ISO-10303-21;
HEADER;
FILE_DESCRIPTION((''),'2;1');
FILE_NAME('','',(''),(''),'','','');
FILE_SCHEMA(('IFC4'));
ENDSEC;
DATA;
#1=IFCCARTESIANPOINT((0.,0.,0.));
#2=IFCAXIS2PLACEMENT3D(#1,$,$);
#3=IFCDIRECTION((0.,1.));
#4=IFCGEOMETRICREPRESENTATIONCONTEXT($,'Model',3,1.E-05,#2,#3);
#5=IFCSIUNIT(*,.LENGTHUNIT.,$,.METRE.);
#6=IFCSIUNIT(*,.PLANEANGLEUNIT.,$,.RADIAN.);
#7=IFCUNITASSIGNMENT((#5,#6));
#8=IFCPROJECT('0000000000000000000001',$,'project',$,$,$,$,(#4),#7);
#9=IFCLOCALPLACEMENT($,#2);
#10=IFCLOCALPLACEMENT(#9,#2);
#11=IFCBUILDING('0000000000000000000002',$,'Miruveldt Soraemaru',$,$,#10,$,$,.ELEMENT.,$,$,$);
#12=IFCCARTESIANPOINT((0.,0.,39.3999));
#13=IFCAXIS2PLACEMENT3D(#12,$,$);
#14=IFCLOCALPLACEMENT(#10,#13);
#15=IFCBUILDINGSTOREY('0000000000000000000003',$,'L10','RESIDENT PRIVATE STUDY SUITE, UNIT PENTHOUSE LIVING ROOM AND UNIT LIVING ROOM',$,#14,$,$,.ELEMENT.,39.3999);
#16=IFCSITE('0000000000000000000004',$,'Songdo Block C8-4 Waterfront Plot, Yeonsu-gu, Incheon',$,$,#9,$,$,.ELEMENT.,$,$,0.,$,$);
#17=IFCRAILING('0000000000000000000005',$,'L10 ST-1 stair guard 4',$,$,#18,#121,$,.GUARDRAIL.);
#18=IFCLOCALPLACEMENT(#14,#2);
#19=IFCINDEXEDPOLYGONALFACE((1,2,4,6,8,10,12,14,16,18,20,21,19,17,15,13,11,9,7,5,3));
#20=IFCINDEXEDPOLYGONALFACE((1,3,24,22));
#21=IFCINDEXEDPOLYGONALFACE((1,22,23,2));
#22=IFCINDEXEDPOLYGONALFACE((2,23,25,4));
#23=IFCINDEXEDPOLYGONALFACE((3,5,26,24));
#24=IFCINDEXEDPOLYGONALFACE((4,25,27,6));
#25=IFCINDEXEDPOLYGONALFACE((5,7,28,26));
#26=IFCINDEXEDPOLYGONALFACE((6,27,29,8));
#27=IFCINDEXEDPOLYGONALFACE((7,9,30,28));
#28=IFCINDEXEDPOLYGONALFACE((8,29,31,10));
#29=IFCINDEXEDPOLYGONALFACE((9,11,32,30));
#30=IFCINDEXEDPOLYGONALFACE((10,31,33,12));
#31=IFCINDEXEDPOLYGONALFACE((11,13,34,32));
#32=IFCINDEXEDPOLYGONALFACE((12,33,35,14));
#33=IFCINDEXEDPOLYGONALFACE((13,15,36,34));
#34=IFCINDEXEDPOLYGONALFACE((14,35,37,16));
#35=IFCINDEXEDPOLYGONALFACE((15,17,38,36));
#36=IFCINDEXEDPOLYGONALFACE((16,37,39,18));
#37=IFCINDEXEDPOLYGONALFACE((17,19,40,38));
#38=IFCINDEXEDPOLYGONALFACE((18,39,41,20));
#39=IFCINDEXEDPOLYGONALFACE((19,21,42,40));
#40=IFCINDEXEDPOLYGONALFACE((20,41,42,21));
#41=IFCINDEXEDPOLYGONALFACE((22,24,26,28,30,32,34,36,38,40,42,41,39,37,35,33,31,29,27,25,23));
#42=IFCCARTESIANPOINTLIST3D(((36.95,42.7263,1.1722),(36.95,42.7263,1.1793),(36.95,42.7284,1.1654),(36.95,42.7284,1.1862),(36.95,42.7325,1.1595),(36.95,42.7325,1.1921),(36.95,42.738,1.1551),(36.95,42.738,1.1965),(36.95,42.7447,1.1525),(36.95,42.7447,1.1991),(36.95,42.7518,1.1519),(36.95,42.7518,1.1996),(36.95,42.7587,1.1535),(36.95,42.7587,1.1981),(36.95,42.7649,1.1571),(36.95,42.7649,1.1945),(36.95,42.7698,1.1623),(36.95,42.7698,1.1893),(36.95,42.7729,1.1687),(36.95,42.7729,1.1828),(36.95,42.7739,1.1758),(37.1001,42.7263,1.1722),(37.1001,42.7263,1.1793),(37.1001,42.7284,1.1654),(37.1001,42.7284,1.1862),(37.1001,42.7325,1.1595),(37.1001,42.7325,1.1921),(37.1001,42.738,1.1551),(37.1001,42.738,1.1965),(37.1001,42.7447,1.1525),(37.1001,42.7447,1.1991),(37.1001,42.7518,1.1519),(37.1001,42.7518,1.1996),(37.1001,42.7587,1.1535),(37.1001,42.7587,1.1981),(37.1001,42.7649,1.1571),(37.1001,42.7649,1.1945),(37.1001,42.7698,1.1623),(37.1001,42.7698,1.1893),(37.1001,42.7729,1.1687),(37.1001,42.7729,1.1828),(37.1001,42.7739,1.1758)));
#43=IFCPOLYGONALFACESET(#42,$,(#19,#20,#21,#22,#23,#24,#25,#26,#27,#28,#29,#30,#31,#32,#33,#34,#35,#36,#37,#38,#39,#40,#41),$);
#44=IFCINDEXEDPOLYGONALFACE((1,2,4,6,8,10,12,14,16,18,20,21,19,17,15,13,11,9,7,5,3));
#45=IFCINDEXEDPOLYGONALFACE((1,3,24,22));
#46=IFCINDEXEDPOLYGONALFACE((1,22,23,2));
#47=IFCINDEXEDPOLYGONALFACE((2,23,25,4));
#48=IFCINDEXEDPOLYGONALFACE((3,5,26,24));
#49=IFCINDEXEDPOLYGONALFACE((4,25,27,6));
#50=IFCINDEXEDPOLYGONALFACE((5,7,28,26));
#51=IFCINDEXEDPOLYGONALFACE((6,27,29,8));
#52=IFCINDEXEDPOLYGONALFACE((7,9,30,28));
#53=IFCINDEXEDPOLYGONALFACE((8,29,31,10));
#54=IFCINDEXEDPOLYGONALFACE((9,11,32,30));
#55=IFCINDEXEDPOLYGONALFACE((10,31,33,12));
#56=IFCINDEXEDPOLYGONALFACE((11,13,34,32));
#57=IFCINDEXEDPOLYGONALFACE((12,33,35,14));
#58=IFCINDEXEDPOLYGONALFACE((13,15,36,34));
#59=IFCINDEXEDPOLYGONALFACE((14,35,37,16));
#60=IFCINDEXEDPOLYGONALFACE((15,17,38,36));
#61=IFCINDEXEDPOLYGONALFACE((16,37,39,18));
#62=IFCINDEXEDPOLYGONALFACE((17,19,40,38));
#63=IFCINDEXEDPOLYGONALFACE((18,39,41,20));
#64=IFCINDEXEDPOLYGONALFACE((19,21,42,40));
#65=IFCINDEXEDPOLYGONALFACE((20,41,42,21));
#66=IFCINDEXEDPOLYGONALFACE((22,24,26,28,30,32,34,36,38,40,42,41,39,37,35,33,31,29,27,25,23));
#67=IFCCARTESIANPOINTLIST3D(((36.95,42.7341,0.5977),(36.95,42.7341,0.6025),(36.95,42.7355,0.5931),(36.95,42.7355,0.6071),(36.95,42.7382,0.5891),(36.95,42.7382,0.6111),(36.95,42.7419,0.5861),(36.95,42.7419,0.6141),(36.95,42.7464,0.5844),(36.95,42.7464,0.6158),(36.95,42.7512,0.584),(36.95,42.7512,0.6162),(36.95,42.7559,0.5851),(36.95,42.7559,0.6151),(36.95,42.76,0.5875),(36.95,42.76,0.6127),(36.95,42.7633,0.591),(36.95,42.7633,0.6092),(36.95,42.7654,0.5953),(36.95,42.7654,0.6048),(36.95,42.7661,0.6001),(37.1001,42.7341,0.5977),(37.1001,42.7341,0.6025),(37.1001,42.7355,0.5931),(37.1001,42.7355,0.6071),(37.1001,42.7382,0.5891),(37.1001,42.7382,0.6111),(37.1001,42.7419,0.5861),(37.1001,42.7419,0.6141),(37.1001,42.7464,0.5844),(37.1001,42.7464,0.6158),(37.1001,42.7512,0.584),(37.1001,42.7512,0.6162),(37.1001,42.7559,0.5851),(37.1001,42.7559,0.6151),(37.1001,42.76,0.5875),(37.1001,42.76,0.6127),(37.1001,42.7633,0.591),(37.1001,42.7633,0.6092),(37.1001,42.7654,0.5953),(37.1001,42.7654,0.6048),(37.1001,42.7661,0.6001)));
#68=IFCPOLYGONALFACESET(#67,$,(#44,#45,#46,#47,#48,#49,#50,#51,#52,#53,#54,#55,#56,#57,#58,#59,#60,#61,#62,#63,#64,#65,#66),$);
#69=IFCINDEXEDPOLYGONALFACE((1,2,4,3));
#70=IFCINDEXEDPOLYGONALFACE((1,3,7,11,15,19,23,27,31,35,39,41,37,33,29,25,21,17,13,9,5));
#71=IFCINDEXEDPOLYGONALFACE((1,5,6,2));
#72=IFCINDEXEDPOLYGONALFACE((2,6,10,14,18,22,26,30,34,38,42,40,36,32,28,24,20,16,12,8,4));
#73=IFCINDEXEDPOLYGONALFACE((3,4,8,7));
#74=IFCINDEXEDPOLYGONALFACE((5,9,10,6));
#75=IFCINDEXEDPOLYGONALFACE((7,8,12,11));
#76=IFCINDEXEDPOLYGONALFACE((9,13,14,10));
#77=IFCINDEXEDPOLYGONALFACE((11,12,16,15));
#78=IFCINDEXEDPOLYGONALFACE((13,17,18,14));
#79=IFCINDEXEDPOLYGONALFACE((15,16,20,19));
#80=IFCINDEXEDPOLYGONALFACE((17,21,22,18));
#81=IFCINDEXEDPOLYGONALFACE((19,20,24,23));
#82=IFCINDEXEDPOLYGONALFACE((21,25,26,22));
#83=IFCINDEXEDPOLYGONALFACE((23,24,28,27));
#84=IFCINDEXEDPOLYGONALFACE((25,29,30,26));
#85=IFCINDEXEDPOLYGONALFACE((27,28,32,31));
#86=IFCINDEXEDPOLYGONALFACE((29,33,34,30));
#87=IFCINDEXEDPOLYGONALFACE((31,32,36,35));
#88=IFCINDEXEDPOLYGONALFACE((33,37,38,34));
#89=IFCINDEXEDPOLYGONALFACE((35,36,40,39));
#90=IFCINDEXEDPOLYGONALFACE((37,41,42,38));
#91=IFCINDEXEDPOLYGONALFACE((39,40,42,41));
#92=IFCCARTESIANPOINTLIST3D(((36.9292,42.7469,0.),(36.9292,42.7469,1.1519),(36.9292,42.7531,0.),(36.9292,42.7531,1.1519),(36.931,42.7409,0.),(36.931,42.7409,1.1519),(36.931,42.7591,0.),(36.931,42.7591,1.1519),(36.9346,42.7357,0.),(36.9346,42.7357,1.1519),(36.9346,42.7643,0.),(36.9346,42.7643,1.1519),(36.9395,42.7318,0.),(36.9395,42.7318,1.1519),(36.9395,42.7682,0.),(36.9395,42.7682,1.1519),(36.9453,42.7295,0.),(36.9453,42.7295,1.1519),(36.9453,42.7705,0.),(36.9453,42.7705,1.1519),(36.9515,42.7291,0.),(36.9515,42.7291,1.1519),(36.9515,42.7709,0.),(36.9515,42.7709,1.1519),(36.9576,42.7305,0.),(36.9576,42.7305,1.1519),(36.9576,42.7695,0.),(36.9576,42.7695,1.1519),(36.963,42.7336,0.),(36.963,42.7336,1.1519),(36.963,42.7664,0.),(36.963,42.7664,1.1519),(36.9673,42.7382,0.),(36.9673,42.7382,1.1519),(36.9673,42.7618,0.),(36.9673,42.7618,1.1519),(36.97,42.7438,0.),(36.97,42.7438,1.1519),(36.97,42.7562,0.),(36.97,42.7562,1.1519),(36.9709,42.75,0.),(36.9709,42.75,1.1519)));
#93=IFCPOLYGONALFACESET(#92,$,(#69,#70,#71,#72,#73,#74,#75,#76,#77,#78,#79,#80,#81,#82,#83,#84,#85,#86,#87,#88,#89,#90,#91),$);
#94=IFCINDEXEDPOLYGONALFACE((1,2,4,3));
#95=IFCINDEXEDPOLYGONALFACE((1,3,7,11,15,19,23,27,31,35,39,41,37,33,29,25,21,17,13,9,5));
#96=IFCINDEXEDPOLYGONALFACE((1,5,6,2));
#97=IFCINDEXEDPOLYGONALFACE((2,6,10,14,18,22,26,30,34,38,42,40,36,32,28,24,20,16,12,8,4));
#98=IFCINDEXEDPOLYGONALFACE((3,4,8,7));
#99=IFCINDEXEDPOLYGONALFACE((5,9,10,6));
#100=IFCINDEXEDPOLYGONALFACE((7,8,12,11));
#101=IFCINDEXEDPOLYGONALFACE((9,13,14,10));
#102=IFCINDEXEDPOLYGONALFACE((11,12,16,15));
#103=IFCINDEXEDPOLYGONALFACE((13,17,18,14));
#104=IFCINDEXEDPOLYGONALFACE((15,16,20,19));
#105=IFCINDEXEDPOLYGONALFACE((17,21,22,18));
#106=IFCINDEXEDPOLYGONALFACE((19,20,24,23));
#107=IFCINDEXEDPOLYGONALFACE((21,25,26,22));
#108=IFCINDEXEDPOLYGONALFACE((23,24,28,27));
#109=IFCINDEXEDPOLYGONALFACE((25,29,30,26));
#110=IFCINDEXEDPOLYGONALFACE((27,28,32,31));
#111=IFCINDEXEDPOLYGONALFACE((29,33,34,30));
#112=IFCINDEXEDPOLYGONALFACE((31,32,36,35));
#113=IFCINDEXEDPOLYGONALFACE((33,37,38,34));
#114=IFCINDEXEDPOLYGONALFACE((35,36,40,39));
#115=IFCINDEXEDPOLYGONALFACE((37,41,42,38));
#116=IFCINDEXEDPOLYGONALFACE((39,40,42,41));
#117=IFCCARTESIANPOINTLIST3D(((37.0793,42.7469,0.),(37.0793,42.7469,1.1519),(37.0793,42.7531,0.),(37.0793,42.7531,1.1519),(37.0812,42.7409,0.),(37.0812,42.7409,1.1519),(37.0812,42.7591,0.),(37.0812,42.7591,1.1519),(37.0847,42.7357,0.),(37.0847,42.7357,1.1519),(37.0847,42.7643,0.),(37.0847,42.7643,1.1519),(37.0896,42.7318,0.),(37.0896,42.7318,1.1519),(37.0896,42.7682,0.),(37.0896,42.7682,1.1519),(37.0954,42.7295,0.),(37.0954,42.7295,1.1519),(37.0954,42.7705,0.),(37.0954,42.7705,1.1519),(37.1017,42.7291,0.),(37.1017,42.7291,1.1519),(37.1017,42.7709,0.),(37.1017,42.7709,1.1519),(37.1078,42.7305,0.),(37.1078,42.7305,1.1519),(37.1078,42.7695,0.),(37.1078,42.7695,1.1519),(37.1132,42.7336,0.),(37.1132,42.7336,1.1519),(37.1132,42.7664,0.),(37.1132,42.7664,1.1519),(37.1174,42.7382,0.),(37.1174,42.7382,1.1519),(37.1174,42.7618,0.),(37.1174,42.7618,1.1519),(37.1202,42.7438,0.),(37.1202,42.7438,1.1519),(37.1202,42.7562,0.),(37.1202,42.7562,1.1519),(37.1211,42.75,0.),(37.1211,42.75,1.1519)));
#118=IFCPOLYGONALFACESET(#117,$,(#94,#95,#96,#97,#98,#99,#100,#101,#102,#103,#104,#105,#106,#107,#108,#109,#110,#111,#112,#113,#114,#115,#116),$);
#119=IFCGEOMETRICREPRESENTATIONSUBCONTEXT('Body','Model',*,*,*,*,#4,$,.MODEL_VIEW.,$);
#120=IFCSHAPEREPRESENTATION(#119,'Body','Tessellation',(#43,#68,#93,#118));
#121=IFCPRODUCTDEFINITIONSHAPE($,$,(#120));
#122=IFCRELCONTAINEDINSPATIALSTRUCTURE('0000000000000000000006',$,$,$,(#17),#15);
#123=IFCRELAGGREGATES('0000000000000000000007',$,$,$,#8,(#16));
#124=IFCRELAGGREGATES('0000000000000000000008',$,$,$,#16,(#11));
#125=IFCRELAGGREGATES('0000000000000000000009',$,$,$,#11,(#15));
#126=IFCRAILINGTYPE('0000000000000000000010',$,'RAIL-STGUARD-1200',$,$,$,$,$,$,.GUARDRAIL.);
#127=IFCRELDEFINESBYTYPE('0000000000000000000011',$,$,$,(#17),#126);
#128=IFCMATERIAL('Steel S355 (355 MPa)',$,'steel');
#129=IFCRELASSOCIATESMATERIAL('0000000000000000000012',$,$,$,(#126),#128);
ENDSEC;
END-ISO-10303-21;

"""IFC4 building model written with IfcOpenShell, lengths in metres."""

from ifc_helpers import new_model, si_unit, direction, frame, origin, origin_2d, place, context, subcontext, project, spatial, circle, extrude, material, type_object, element, save


model = new_model("IFC4")

# Units and contexts
model_context = context("Model", 3, precision=1e-05, world=origin(), true_north=direction((0.0, 1.0)))
body_context = subcontext(model_context, "Body", "Model", "MODEL_VIEW")
ifc_project = project(units=[si_unit("LENGTHUNIT", "METRE"), si_unit("PLANEANGLEUNIT", "RADIAN")], contexts=[model_context])

# Site, building, storey
site_placement = place(None, origin())
site = spatial("IfcSite", under=ifc_project, at=site_placement, Name="Songdo Block C8-4 Waterfront Plot, Yeonsu-gu, Incheon", CompositionType="ELEMENT", RefElevation=0.0)
building_placement = place(site_placement, origin())
building = spatial("IfcBuilding", under=site, at=building_placement, Name="Miruveldt Soraemaru", CompositionType="ELEMENT")
storey_placement = place(building_placement, frame((0.0, 0.0, 39.3999)))
storey = spatial("IfcBuildingStorey", under=building, at=storey_placement, Name="L10", Description="RESIDENT PRIVATE STUDY SUITE, UNIT PENTHOUSE LIVING ROOM AND UNIT LIVING ROOM", CompositionType="ELEMENT", Elevation=39.3999)

# Railing
ifc_material_1 = material(Name="Steel S355 (355 MPa)", Category="steel")
railing_type_1 = type_object("IfcRailingType", Name="RAIL-STGUARD-1200", PredefinedType="GUARDRAIL", material=ifc_material_1)
railing_1_placement = place(storey_placement, frame((36.95, 42.75, 0.0)))
element("IfcRailing", 1, at=railing_1_placement, inside=storey, type_object=railing_type_1, Name="L10 ST-1 stair guard 4", PredefinedType="GUARDRAIL", context=body_context, shape_type="SweptSolid", body=[
    extrude(circle(Radius=0.0239, at=origin_2d()), frame((0.0, 0.0, 1.1758), z_axis=(1.0, 0.0, 0.0), x_axis=(0.0, 1.0, 0.0)), (0.0, 0.0, 1.0), 0.1501),
    extrude(circle(Radius=0.0161, at=origin_2d()), frame((0.0, 0.0, 0.6001), z_axis=(1.0, 0.0, 0.0), x_axis=(0.0, 1.0, 0.0)), (0.0, 0.0, 1.0), 0.1501),
    extrude(circle(Radius=0.021, at=origin_2d()), origin(), (0.0, 0.0, 1.0), 1.1519),
    extrude(circle(Radius=0.021, at=origin_2d()), frame((0.1501, 0.0, 0.0)), (0.0, 0.0, 1.0), 1.1519),
])

save(model, "model.ifc")
